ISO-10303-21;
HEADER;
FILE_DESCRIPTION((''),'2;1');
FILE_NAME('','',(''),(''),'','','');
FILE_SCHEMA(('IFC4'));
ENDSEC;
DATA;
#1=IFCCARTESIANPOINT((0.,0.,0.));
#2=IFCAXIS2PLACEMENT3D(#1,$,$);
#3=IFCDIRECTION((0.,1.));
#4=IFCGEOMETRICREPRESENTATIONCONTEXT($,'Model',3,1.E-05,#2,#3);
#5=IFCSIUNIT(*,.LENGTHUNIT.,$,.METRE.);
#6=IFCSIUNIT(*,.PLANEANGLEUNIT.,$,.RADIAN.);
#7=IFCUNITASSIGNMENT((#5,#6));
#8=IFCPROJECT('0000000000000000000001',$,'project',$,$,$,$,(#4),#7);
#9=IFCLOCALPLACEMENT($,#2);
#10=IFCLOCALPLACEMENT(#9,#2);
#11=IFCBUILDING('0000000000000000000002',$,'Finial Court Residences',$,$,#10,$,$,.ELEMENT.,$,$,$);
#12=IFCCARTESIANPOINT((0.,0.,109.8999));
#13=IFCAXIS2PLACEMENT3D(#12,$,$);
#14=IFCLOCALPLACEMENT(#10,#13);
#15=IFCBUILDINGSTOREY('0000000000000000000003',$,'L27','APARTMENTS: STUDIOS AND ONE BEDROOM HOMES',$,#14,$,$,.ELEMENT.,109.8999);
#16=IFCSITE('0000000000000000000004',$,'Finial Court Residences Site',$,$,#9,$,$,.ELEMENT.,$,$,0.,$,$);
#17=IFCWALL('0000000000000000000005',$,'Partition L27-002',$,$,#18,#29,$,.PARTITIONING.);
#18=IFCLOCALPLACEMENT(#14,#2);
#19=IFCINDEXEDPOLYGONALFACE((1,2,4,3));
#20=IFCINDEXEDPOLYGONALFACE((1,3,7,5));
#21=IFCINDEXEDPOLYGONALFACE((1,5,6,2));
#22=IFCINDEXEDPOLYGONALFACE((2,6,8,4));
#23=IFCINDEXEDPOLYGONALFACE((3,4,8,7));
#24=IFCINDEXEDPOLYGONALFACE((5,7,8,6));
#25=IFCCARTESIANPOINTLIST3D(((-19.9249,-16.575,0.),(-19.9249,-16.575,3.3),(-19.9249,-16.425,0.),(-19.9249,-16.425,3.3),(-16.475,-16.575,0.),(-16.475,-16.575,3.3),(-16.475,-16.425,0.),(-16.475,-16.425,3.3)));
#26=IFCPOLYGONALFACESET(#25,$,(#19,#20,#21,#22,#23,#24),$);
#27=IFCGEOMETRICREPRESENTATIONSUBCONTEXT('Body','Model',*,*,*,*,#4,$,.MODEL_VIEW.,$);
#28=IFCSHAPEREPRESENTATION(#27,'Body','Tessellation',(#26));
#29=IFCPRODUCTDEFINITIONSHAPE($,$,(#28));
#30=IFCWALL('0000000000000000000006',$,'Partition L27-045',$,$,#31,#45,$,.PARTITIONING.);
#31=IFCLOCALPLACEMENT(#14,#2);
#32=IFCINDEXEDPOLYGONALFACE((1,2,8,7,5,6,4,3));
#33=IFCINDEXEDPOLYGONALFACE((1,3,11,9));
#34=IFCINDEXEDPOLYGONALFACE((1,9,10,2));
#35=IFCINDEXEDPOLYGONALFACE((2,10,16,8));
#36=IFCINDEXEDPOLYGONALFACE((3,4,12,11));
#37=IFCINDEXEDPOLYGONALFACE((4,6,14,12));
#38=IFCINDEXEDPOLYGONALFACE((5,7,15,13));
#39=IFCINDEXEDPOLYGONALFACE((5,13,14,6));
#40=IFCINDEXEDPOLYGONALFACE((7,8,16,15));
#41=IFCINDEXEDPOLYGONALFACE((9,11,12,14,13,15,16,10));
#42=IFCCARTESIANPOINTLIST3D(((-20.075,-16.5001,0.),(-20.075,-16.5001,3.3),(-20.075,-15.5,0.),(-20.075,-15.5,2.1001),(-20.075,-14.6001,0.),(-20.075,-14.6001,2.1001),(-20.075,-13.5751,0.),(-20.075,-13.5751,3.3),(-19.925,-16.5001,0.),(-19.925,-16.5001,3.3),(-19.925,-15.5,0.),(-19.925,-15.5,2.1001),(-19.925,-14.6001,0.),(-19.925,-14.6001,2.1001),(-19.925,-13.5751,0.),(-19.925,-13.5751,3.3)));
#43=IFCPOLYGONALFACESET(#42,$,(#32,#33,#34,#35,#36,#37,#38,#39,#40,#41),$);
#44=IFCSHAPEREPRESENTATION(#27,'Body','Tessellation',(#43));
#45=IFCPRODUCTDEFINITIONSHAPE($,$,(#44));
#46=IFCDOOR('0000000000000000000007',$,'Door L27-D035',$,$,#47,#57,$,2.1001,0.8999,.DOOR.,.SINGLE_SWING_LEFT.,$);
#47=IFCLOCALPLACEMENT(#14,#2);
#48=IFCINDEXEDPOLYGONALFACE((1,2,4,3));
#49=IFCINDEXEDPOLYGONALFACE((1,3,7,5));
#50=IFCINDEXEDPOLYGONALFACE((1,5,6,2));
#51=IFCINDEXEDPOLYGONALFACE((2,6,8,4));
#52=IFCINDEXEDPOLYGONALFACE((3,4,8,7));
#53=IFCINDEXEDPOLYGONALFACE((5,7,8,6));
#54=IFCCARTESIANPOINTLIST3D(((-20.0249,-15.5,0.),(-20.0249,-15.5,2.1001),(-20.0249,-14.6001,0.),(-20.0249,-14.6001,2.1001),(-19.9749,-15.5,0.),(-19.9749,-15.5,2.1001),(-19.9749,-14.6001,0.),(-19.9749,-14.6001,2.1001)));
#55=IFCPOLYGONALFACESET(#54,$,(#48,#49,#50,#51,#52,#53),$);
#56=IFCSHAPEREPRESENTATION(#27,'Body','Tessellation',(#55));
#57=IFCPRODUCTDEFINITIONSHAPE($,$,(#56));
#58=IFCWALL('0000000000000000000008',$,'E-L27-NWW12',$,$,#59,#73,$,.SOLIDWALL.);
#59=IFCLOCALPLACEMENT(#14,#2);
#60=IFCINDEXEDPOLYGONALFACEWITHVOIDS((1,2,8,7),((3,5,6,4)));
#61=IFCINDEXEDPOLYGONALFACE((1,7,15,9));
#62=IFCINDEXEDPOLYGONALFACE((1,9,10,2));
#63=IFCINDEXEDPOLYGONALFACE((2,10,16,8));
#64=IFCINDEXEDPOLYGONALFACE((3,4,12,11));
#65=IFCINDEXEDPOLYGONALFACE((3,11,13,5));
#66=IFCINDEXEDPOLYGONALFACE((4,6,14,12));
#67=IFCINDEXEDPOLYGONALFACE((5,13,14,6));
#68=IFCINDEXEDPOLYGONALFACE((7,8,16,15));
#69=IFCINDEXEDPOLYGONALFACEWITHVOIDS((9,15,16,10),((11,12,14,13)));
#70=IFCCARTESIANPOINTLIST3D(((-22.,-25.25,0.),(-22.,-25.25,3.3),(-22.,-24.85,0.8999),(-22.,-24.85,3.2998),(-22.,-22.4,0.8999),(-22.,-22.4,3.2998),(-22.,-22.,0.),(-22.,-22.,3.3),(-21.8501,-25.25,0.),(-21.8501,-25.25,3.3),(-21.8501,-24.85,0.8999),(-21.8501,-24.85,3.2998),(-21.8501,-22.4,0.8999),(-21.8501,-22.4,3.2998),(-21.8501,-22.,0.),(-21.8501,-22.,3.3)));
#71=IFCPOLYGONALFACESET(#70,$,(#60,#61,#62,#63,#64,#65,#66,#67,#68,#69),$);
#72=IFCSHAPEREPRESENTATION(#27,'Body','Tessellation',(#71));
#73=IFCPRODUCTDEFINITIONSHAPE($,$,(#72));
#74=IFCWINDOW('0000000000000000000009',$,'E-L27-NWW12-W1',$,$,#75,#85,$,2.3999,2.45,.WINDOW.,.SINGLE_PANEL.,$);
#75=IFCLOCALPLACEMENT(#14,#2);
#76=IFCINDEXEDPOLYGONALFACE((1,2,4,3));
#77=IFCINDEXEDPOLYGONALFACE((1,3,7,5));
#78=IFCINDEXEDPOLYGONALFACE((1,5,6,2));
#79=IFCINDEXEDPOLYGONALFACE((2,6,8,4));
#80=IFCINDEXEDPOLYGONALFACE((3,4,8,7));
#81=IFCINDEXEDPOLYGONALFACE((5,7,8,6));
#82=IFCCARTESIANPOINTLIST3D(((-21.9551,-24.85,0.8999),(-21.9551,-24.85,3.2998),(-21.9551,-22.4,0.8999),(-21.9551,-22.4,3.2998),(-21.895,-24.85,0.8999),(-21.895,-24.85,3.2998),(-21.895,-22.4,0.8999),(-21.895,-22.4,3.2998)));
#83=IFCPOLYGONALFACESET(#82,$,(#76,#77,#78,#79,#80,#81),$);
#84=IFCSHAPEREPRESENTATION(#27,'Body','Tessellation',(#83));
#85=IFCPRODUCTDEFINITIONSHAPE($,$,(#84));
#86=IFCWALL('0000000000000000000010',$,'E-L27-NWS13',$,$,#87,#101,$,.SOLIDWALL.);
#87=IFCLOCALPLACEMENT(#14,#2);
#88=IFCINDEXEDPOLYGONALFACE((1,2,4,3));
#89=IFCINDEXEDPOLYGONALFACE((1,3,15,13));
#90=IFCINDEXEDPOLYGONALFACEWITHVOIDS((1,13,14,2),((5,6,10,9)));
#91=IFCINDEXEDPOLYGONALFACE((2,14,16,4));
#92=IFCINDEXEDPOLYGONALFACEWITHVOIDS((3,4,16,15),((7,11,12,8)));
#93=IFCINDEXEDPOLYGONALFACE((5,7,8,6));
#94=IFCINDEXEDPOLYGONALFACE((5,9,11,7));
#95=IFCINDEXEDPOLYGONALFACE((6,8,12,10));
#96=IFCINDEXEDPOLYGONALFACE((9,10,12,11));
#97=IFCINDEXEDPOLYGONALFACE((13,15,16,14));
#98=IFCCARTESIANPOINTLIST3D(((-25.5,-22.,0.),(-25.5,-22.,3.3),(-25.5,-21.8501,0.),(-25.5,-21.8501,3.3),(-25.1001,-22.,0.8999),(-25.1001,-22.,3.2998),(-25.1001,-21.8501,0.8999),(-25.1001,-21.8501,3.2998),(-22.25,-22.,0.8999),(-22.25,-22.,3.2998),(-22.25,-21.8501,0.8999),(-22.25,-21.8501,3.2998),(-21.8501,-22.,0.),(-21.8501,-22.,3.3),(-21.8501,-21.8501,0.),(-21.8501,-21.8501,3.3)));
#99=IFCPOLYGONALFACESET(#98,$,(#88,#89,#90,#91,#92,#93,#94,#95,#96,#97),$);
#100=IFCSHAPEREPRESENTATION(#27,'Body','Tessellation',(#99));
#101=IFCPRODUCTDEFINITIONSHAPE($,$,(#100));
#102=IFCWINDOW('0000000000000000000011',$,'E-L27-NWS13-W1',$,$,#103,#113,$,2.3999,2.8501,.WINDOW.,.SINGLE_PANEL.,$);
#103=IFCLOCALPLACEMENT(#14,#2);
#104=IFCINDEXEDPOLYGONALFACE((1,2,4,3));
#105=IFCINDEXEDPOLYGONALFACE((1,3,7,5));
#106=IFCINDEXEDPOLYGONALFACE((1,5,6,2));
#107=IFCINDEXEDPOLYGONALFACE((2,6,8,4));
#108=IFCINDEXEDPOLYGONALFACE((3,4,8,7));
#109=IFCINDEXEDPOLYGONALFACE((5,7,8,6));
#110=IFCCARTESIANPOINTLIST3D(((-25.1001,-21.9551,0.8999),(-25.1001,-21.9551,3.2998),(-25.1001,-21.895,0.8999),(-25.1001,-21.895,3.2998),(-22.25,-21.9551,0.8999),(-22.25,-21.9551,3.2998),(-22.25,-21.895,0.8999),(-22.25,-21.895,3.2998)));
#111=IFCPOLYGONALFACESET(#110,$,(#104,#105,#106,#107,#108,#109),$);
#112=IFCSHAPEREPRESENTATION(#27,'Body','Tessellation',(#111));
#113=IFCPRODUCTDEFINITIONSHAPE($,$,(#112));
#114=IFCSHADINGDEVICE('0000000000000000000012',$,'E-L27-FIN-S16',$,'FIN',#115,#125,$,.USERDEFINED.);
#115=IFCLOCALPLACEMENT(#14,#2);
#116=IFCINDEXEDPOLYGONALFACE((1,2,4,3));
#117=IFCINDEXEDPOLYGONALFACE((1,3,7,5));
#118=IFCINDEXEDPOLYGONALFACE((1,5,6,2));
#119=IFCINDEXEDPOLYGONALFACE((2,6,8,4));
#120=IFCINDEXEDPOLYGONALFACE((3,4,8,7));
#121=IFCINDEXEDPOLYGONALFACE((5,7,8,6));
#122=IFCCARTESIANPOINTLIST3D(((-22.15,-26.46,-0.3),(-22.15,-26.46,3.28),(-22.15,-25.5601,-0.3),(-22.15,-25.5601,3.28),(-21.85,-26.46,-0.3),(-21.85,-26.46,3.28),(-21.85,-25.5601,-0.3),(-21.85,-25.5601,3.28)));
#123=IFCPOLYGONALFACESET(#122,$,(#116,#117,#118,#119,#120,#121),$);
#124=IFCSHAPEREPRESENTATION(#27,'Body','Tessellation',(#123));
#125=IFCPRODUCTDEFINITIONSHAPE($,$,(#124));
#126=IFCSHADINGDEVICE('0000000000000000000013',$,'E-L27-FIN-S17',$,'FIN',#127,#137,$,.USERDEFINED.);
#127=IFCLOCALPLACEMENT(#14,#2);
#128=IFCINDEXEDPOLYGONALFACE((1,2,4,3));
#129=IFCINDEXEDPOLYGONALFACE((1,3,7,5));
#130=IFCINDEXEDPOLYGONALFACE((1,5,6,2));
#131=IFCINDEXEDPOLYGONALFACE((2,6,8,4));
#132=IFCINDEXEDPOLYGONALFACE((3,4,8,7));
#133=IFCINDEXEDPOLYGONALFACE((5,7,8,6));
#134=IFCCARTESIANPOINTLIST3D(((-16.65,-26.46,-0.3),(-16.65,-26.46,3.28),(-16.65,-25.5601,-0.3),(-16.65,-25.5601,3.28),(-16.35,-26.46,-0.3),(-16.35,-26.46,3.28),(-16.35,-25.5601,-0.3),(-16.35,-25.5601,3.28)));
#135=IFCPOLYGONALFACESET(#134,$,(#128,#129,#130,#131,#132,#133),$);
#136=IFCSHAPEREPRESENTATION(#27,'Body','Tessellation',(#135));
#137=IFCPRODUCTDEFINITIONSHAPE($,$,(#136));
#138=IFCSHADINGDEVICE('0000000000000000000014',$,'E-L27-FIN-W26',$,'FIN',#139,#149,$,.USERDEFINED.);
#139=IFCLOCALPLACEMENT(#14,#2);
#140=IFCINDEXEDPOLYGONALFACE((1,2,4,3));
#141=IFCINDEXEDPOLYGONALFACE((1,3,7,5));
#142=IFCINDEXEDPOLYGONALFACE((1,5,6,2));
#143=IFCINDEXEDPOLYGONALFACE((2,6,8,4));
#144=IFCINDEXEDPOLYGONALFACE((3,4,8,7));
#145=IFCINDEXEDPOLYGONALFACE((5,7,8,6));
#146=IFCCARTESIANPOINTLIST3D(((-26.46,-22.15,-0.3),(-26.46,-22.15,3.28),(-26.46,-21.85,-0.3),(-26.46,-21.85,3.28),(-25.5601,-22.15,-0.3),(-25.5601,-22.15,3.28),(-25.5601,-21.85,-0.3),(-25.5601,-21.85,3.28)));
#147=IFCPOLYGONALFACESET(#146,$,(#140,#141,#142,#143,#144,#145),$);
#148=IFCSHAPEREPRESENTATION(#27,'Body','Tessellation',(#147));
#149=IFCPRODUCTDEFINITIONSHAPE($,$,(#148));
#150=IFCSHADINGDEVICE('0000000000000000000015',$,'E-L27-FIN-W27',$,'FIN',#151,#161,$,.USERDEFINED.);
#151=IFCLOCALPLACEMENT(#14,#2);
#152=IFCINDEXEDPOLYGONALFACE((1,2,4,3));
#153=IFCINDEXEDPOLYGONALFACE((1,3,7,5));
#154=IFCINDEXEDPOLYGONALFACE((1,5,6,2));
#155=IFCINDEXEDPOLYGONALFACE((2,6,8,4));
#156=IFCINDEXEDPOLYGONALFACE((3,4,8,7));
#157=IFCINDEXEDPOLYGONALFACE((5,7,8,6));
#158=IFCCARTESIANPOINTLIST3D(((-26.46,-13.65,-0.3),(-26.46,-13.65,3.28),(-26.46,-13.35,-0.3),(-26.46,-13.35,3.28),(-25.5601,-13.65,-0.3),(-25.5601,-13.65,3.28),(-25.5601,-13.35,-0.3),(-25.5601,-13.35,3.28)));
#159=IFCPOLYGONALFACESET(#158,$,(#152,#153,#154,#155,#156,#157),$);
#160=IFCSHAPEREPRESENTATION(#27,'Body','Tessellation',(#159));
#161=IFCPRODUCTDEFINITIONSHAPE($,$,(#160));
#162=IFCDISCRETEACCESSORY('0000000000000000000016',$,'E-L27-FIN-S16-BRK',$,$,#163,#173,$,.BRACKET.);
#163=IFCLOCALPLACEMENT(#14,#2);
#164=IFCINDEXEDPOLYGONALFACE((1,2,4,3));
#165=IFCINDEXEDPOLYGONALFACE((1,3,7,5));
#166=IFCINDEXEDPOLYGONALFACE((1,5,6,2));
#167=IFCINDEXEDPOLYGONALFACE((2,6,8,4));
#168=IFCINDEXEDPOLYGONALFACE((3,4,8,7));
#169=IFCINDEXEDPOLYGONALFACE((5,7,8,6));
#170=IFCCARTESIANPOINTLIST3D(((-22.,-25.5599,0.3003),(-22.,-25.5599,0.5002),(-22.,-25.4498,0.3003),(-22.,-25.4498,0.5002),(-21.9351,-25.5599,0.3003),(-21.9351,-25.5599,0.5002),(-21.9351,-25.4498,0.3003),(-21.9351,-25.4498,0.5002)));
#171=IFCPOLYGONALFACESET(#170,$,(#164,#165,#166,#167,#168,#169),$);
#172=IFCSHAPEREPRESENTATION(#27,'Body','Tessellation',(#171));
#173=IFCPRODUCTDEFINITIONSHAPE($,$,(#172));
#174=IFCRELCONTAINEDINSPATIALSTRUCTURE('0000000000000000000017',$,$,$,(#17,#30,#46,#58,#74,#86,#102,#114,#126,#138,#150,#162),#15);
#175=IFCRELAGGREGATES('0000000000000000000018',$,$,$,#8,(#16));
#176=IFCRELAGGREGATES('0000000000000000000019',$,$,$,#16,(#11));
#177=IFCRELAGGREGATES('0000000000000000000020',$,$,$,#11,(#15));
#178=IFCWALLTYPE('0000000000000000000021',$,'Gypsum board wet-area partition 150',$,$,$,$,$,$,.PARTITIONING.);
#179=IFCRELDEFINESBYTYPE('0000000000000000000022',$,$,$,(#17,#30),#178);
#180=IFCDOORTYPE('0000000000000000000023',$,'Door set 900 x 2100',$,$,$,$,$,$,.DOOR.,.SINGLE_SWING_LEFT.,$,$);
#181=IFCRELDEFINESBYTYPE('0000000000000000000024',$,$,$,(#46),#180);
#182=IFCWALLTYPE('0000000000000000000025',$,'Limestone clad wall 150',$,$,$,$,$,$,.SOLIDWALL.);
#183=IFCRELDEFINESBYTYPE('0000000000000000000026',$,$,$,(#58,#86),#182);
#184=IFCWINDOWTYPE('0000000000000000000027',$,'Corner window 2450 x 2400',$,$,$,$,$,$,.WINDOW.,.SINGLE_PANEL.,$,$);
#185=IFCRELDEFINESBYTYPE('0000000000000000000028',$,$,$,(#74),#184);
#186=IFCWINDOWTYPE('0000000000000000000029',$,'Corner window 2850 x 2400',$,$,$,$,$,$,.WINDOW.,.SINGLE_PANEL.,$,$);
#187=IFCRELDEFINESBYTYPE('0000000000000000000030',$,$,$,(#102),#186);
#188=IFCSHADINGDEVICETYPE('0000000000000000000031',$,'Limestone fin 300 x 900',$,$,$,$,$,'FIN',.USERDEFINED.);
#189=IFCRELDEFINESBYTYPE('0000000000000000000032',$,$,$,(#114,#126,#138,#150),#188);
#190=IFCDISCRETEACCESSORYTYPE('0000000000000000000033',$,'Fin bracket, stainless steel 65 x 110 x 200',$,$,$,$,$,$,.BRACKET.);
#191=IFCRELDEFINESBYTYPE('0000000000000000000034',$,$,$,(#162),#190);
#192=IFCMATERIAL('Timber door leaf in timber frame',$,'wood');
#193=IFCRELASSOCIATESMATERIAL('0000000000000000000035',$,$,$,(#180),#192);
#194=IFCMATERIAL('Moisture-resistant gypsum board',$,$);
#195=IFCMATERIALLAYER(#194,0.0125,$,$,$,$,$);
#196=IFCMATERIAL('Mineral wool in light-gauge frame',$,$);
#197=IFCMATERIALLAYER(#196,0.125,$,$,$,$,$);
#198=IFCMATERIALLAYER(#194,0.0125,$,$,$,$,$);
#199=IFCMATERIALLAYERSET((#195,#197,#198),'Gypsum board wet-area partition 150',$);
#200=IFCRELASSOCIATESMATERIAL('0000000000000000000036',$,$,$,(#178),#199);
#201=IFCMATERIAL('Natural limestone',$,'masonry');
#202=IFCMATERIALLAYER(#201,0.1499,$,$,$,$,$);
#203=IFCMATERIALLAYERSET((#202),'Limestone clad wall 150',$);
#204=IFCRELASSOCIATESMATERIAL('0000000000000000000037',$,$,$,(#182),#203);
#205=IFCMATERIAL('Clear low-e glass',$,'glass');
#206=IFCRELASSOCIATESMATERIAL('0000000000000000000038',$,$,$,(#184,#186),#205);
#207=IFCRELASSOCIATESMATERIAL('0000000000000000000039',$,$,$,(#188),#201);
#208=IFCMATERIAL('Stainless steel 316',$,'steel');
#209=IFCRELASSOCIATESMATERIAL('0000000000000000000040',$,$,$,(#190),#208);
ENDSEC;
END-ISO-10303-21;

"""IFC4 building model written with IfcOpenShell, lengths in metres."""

from ifc_helpers import new_model, si_unit, direction, frame, frame_2d, origin, origin_2d, place, context, subcontext, project, spatial, rectangle, extrude, material, layer, layer_set, type_object, element, fill, save


model = new_model("IFC4")

# Units and contexts
model_context = context("Model", 3, precision=1e-05, world=origin(), true_north=direction((0.0, 1.0)))
body_context = subcontext(model_context, "Body", "Model", "MODEL_VIEW")
ifc_project = project(units=[si_unit("LENGTHUNIT", "METRE"), si_unit("PLANEANGLEUNIT", "RADIAN")], contexts=[model_context])

# Site, building, storey
site_placement = place(None, origin())
site = spatial("IfcSite", under=ifc_project, at=site_placement, Name="Finial Court Residences Site", CompositionType="ELEMENT", RefElevation=0.0)
building_placement = place(site_placement, origin())
building = spatial("IfcBuilding", under=site, at=building_placement, Name="Finial Court Residences", CompositionType="ELEMENT")
storey_placement = place(building_placement, frame((0.0, 0.0, 109.8999)))
storey = spatial("IfcBuildingStorey", under=building, at=storey_placement, Name="L27", Description="APARTMENTS: STUDIOS AND ONE BEDROOM HOMES", CompositionType="ELEMENT", Elevation=109.8999)

# Shared definitions
ifc_material_1 = material(Name="Clear low-e glass", Category="glass")

# Shared definitions
ifc_material_2 = material(Name="Mineral wool in light-gauge frame")
ifc_material_3 = material(Name="Timber door leaf in timber frame", Category="wood")
door_type = type_object("IfcDoorType", Name="Door set 900 x 2100", OperationType="SINGLE_SWING_LEFT", PredefinedType="DOOR", material=ifc_material_3)

# Wall
ifc_material_4 = material(Name="Moisture-resistant gypsum board")
ifc_layer_1 = layer(ifc_material_4, 0.0125)
ifc_layer_2 = layer(ifc_material_2, 0.125)
ifc_layer_3 = layer(ifc_material_4, 0.0125)
ifc_layer_set_1 = layer_set([ifc_layer_1, ifc_layer_2, ifc_layer_3], Name="Gypsum board wet-area partition 150")
wall_type_1 = type_object("IfcWallType", Name="Gypsum board wet-area partition 150", PredefinedType="PARTITIONING", material=ifc_layer_set_1)
wall_1_placement = place(storey_placement, frame((-19.925, -16.5, 0.0), z_axis=(0.0, 0.0, 1.0), x_axis=(1.0, 0.0, 0.0)))
element("IfcWall", 1, at=wall_1_placement, inside=storey, type_object=wall_type_1, Name="Partition L27-002", PredefinedType="PARTITIONING", context=body_context, shape_type="SweptSolid", body=[
    extrude(rectangle(XDim=3.45, YDim=0.1499, at=frame_2d((1.7251, 0.0))), origin(), (0.0, 0.0, 1.0), 3.3),
])

# Wall, opening, door
wall_2_placement = place(storey_placement, frame((-20.0, -16.5, 0.0), z_axis=(0.0, 0.0, 1.0), x_axis=(0.0, 1.0, 0.0)))
wall_2 = element("IfcWall", 2, at=wall_2_placement, inside=storey, type_object=wall_type_1, Name="Partition L27-045", PredefinedType="PARTITIONING", context=body_context, shape_type="SweptSolid", body=[
    extrude(rectangle(XDim=2.925, YDim=0.1499, at=frame_2d((1.4624, 0.0))), origin(), (0.0, 0.0, 1.0), 3.3),
])
opening_1_placement = place(wall_2_placement, frame((1.0, 0.0, 0.0)))
opening_1 = element("IfcOpeningElement", 3, at=opening_1_placement, cuts=wall_2, PredefinedType="OPENING", context=body_context, shape_type="SweptSolid", body=[
    extrude(rectangle(XDim=0.8999, YDim=2.1001, at=frame_2d((0.45, 1.05))), frame((0.0, 0.085, 0.0), z_axis=(0.0, -1.0, 0.0), x_axis=(1.0, 0.0, 0.0)), (0.0, 0.0, 1.0), 0.1699),
])
door_1_placement = place(opening_1_placement, origin())
door_1 = element("IfcDoor", 4, at=door_1_placement, inside=storey, type_object=door_type, Name="Door L27-D035", OperationType="SINGLE_SWING_LEFT", OverallHeight=2.1001, OverallWidth=0.8999, PredefinedType="DOOR", context=body_context, shape_type="SweptSolid", body=[
    extrude(rectangle(XDim=0.8999, YDim=2.1001, at=frame_2d((0.45, 1.05))), frame((0.0, 0.0249, 0.0), z_axis=(0.0, -1.0, 0.0), x_axis=(1.0, 0.0, 0.0)), (0.0, 0.0, 1.0), 0.05),
])
fill(opening_1, door_1)

# Walls, openings, windows
ifc_material_5 = material(Name="Natural limestone", Category="masonry")
ifc_layer_4 = layer(ifc_material_5, 0.1499)
ifc_layer_set_2 = layer_set([ifc_layer_4], Name="Limestone clad wall 150")
wall_type_2 = type_object("IfcWallType", Name="Limestone clad wall 150", PredefinedType="SOLIDWALL", material=ifc_layer_set_2)
wall_3_placement = place(storey_placement, frame((-21.925, -25.25, 0.0), z_axis=(0.0, 0.0, 1.0), x_axis=(0.0, 1.0, 0.0)))
wall_3 = element("IfcWall", 5, at=wall_3_placement, inside=storey, type_object=wall_type_2, Name="E-L27-NWW12", PredefinedType="SOLIDWALL", context=body_context, shape_type="SweptSolid", body=[
    extrude(rectangle(XDim=3.25, YDim=0.1499, at=frame_2d((1.625, 0.0))), origin(), (0.0, 0.0, 1.0), 3.3),
])
opening_2_placement = place(wall_3_placement, frame((0.3999, 0.0, 0.8999)))
opening_2 = element("IfcOpeningElement", 6, at=opening_2_placement, cuts=wall_3, PredefinedType="OPENING", context=body_context, shape_type="SweptSolid", body=[
    extrude(rectangle(XDim=2.45, YDim=2.3999, at=frame_2d((1.2251, 1.2))), frame((0.0, 0.085, 0.0), z_axis=(0.0, -1.0, 0.0), x_axis=(1.0, 0.0, 0.0)), (0.0, 0.0, 1.0), 0.1699),
])
window_type_1 = type_object("IfcWindowType", Name="Corner window 2450 x 2400", PartitioningType="SINGLE_PANEL", PredefinedType="WINDOW", material=ifc_material_1)
window_1_placement = place(opening_2_placement, origin())
window_1 = element("IfcWindow", 7, at=window_1_placement, inside=storey, type_object=window_type_1, Name="E-L27-NWW12-W1", OverallHeight=2.3999, OverallWidth=2.45, PartitioningType="SINGLE_PANEL", PredefinedType="WINDOW", context=body_context, shape_type="SweptSolid", body=[
    extrude(rectangle(XDim=2.45, YDim=2.3999, at=frame_2d((1.2251, 1.2))), frame((0.0, 0.03, 0.0), z_axis=(0.0, -1.0, 0.0), x_axis=(1.0, 0.0, 0.0)), (0.0, 0.0, 1.0), 0.0601),
])
fill(opening_2, window_1)
wall_4_placement = place(storey_placement, frame((-21.8501, -21.925, 0.0), z_axis=(0.0, 0.0, 1.0), x_axis=(-1.0, 0.0, 0.0)))
wall_4 = element("IfcWall", 8, at=wall_4_placement, inside=storey, type_object=wall_type_2, Name="E-L27-NWS13", PredefinedType="SOLIDWALL", context=body_context, shape_type="SweptSolid", body=[
    extrude(rectangle(XDim=3.6499, YDim=0.1499, at=frame_2d((1.825, 0.0))), origin(), (0.0, 0.0, 1.0), 3.3),
])
opening_3_placement = place(wall_4_placement, frame((0.3999, 0.0, 0.8999)))
opening_3 = element("IfcOpeningElement", 9, at=opening_3_placement, cuts=wall_4, PredefinedType="OPENING", context=body_context, shape_type="SweptSolid", body=[
    extrude(rectangle(XDim=2.8501, YDim=2.3999, at=frame_2d((1.425, 1.2))), frame((0.0, 0.085, 0.0), z_axis=(0.0, -1.0, 0.0), x_axis=(1.0, 0.0, 0.0)), (0.0, 0.0, 1.0), 0.1699),
])
window_type_2 = type_object("IfcWindowType", Name="Corner window 2850 x 2400", PartitioningType="SINGLE_PANEL", PredefinedType="WINDOW", material=ifc_material_1)
window_2_placement = place(opening_3_placement, origin())
window_2 = element("IfcWindow", 10, at=window_2_placement, inside=storey, type_object=window_type_2, Name="E-L27-NWS13-W1", OverallHeight=2.3999, OverallWidth=2.8501, PartitioningType="SINGLE_PANEL", PredefinedType="WINDOW", context=body_context, shape_type="SweptSolid", body=[
    extrude(rectangle(XDim=2.8501, YDim=2.3999, at=frame_2d((1.425, 1.2))), frame((0.0, 0.03, 0.0), z_axis=(0.0, -1.0, 0.0), x_axis=(1.0, 0.0, 0.0)), (0.0, 0.0, 1.0), 0.0601),
])
fill(opening_3, window_2)

# Shading devices
shading_device_type = type_object("IfcShadingDeviceType", Name="Limestone fin 300 x 900", ElementType="FIN", PredefinedType="USERDEFINED", material=ifc_material_5)
for number, where, z_axis, x_axis, name in (
    (11, (-22.0, -26.01, -0.3), (0.0, 0.0, 1.0), (1.0, 0.0, 0.0), "E-L27-FIN-S16"),
    (12, (-16.5, -26.01, -0.3), (0.0, 0.0, 1.0), (1.0, 0.0, 0.0), "E-L27-FIN-S17"),
):
    element("IfcShadingDevice", number, at=place(storey_placement, frame(where, z_axis=z_axis, x_axis=x_axis)), inside=storey, type_object=shading_device_type, Name=name, ObjectType="FIN", PredefinedType="USERDEFINED", context=body_context, shape_type="SweptSolid", body=[
        extrude(rectangle(XDim=0.3, YDim=0.8999, at=origin_2d()), origin(), (0.0, 0.0, 1.0), 3.5801),
    ])
for number, where, z_axis, x_axis, name in (
    (13, (-26.01, -22.0, -0.3), (0.0, 0.0, 1.0), (1.0, 0.0, 0.0), "E-L27-FIN-W26"),
    (14, (-26.01, -13.5, -0.3), (0.0, 0.0, 1.0), (1.0, 0.0, 0.0), "E-L27-FIN-W27"),
):
    element("IfcShadingDevice", number, at=place(storey_placement, frame(where, z_axis=z_axis, x_axis=x_axis)), inside=storey, type_object=shading_device_type, Name=name, ObjectType="FIN", PredefinedType="USERDEFINED", context=body_context, shape_type="SweptSolid", body=[
        extrude(rectangle(XDim=0.8999, YDim=0.3, at=origin_2d()), origin(), (0.0, 0.0, 1.0), 3.5801),
    ])

# Discrete accessory
ifc_material_6 = material(Name="Stainless steel 316", Category="steel")
discrete_accessory_type = type_object("IfcDiscreteAccessoryType", Name="Fin bracket, stainless steel 65 x 110 x 200", PredefinedType="BRACKET", material=ifc_material_6)
for number, where, z_axis, x_axis, name in (
    (15, (-21.9675, -25.5049, 0.3003), (0.0, 0.0, 1.0), (1.0, 0.0, 0.0), "E-L27-FIN-S16-BRK"),
):
    element("IfcDiscreteAccessory", number, at=place(storey_placement, frame(where, z_axis=z_axis, x_axis=x_axis)), inside=storey, type_object=discrete_accessory_type, Name=name, PredefinedType="BRACKET", context=body_context, shape_type="SweptSolid", body=[
        extrude(rectangle(XDim=0.0649, YDim=0.1101, at=origin_2d()), origin(), (0.0, 0.0, 1.0), 0.2),
    ])

save(model, "model.ifc")
